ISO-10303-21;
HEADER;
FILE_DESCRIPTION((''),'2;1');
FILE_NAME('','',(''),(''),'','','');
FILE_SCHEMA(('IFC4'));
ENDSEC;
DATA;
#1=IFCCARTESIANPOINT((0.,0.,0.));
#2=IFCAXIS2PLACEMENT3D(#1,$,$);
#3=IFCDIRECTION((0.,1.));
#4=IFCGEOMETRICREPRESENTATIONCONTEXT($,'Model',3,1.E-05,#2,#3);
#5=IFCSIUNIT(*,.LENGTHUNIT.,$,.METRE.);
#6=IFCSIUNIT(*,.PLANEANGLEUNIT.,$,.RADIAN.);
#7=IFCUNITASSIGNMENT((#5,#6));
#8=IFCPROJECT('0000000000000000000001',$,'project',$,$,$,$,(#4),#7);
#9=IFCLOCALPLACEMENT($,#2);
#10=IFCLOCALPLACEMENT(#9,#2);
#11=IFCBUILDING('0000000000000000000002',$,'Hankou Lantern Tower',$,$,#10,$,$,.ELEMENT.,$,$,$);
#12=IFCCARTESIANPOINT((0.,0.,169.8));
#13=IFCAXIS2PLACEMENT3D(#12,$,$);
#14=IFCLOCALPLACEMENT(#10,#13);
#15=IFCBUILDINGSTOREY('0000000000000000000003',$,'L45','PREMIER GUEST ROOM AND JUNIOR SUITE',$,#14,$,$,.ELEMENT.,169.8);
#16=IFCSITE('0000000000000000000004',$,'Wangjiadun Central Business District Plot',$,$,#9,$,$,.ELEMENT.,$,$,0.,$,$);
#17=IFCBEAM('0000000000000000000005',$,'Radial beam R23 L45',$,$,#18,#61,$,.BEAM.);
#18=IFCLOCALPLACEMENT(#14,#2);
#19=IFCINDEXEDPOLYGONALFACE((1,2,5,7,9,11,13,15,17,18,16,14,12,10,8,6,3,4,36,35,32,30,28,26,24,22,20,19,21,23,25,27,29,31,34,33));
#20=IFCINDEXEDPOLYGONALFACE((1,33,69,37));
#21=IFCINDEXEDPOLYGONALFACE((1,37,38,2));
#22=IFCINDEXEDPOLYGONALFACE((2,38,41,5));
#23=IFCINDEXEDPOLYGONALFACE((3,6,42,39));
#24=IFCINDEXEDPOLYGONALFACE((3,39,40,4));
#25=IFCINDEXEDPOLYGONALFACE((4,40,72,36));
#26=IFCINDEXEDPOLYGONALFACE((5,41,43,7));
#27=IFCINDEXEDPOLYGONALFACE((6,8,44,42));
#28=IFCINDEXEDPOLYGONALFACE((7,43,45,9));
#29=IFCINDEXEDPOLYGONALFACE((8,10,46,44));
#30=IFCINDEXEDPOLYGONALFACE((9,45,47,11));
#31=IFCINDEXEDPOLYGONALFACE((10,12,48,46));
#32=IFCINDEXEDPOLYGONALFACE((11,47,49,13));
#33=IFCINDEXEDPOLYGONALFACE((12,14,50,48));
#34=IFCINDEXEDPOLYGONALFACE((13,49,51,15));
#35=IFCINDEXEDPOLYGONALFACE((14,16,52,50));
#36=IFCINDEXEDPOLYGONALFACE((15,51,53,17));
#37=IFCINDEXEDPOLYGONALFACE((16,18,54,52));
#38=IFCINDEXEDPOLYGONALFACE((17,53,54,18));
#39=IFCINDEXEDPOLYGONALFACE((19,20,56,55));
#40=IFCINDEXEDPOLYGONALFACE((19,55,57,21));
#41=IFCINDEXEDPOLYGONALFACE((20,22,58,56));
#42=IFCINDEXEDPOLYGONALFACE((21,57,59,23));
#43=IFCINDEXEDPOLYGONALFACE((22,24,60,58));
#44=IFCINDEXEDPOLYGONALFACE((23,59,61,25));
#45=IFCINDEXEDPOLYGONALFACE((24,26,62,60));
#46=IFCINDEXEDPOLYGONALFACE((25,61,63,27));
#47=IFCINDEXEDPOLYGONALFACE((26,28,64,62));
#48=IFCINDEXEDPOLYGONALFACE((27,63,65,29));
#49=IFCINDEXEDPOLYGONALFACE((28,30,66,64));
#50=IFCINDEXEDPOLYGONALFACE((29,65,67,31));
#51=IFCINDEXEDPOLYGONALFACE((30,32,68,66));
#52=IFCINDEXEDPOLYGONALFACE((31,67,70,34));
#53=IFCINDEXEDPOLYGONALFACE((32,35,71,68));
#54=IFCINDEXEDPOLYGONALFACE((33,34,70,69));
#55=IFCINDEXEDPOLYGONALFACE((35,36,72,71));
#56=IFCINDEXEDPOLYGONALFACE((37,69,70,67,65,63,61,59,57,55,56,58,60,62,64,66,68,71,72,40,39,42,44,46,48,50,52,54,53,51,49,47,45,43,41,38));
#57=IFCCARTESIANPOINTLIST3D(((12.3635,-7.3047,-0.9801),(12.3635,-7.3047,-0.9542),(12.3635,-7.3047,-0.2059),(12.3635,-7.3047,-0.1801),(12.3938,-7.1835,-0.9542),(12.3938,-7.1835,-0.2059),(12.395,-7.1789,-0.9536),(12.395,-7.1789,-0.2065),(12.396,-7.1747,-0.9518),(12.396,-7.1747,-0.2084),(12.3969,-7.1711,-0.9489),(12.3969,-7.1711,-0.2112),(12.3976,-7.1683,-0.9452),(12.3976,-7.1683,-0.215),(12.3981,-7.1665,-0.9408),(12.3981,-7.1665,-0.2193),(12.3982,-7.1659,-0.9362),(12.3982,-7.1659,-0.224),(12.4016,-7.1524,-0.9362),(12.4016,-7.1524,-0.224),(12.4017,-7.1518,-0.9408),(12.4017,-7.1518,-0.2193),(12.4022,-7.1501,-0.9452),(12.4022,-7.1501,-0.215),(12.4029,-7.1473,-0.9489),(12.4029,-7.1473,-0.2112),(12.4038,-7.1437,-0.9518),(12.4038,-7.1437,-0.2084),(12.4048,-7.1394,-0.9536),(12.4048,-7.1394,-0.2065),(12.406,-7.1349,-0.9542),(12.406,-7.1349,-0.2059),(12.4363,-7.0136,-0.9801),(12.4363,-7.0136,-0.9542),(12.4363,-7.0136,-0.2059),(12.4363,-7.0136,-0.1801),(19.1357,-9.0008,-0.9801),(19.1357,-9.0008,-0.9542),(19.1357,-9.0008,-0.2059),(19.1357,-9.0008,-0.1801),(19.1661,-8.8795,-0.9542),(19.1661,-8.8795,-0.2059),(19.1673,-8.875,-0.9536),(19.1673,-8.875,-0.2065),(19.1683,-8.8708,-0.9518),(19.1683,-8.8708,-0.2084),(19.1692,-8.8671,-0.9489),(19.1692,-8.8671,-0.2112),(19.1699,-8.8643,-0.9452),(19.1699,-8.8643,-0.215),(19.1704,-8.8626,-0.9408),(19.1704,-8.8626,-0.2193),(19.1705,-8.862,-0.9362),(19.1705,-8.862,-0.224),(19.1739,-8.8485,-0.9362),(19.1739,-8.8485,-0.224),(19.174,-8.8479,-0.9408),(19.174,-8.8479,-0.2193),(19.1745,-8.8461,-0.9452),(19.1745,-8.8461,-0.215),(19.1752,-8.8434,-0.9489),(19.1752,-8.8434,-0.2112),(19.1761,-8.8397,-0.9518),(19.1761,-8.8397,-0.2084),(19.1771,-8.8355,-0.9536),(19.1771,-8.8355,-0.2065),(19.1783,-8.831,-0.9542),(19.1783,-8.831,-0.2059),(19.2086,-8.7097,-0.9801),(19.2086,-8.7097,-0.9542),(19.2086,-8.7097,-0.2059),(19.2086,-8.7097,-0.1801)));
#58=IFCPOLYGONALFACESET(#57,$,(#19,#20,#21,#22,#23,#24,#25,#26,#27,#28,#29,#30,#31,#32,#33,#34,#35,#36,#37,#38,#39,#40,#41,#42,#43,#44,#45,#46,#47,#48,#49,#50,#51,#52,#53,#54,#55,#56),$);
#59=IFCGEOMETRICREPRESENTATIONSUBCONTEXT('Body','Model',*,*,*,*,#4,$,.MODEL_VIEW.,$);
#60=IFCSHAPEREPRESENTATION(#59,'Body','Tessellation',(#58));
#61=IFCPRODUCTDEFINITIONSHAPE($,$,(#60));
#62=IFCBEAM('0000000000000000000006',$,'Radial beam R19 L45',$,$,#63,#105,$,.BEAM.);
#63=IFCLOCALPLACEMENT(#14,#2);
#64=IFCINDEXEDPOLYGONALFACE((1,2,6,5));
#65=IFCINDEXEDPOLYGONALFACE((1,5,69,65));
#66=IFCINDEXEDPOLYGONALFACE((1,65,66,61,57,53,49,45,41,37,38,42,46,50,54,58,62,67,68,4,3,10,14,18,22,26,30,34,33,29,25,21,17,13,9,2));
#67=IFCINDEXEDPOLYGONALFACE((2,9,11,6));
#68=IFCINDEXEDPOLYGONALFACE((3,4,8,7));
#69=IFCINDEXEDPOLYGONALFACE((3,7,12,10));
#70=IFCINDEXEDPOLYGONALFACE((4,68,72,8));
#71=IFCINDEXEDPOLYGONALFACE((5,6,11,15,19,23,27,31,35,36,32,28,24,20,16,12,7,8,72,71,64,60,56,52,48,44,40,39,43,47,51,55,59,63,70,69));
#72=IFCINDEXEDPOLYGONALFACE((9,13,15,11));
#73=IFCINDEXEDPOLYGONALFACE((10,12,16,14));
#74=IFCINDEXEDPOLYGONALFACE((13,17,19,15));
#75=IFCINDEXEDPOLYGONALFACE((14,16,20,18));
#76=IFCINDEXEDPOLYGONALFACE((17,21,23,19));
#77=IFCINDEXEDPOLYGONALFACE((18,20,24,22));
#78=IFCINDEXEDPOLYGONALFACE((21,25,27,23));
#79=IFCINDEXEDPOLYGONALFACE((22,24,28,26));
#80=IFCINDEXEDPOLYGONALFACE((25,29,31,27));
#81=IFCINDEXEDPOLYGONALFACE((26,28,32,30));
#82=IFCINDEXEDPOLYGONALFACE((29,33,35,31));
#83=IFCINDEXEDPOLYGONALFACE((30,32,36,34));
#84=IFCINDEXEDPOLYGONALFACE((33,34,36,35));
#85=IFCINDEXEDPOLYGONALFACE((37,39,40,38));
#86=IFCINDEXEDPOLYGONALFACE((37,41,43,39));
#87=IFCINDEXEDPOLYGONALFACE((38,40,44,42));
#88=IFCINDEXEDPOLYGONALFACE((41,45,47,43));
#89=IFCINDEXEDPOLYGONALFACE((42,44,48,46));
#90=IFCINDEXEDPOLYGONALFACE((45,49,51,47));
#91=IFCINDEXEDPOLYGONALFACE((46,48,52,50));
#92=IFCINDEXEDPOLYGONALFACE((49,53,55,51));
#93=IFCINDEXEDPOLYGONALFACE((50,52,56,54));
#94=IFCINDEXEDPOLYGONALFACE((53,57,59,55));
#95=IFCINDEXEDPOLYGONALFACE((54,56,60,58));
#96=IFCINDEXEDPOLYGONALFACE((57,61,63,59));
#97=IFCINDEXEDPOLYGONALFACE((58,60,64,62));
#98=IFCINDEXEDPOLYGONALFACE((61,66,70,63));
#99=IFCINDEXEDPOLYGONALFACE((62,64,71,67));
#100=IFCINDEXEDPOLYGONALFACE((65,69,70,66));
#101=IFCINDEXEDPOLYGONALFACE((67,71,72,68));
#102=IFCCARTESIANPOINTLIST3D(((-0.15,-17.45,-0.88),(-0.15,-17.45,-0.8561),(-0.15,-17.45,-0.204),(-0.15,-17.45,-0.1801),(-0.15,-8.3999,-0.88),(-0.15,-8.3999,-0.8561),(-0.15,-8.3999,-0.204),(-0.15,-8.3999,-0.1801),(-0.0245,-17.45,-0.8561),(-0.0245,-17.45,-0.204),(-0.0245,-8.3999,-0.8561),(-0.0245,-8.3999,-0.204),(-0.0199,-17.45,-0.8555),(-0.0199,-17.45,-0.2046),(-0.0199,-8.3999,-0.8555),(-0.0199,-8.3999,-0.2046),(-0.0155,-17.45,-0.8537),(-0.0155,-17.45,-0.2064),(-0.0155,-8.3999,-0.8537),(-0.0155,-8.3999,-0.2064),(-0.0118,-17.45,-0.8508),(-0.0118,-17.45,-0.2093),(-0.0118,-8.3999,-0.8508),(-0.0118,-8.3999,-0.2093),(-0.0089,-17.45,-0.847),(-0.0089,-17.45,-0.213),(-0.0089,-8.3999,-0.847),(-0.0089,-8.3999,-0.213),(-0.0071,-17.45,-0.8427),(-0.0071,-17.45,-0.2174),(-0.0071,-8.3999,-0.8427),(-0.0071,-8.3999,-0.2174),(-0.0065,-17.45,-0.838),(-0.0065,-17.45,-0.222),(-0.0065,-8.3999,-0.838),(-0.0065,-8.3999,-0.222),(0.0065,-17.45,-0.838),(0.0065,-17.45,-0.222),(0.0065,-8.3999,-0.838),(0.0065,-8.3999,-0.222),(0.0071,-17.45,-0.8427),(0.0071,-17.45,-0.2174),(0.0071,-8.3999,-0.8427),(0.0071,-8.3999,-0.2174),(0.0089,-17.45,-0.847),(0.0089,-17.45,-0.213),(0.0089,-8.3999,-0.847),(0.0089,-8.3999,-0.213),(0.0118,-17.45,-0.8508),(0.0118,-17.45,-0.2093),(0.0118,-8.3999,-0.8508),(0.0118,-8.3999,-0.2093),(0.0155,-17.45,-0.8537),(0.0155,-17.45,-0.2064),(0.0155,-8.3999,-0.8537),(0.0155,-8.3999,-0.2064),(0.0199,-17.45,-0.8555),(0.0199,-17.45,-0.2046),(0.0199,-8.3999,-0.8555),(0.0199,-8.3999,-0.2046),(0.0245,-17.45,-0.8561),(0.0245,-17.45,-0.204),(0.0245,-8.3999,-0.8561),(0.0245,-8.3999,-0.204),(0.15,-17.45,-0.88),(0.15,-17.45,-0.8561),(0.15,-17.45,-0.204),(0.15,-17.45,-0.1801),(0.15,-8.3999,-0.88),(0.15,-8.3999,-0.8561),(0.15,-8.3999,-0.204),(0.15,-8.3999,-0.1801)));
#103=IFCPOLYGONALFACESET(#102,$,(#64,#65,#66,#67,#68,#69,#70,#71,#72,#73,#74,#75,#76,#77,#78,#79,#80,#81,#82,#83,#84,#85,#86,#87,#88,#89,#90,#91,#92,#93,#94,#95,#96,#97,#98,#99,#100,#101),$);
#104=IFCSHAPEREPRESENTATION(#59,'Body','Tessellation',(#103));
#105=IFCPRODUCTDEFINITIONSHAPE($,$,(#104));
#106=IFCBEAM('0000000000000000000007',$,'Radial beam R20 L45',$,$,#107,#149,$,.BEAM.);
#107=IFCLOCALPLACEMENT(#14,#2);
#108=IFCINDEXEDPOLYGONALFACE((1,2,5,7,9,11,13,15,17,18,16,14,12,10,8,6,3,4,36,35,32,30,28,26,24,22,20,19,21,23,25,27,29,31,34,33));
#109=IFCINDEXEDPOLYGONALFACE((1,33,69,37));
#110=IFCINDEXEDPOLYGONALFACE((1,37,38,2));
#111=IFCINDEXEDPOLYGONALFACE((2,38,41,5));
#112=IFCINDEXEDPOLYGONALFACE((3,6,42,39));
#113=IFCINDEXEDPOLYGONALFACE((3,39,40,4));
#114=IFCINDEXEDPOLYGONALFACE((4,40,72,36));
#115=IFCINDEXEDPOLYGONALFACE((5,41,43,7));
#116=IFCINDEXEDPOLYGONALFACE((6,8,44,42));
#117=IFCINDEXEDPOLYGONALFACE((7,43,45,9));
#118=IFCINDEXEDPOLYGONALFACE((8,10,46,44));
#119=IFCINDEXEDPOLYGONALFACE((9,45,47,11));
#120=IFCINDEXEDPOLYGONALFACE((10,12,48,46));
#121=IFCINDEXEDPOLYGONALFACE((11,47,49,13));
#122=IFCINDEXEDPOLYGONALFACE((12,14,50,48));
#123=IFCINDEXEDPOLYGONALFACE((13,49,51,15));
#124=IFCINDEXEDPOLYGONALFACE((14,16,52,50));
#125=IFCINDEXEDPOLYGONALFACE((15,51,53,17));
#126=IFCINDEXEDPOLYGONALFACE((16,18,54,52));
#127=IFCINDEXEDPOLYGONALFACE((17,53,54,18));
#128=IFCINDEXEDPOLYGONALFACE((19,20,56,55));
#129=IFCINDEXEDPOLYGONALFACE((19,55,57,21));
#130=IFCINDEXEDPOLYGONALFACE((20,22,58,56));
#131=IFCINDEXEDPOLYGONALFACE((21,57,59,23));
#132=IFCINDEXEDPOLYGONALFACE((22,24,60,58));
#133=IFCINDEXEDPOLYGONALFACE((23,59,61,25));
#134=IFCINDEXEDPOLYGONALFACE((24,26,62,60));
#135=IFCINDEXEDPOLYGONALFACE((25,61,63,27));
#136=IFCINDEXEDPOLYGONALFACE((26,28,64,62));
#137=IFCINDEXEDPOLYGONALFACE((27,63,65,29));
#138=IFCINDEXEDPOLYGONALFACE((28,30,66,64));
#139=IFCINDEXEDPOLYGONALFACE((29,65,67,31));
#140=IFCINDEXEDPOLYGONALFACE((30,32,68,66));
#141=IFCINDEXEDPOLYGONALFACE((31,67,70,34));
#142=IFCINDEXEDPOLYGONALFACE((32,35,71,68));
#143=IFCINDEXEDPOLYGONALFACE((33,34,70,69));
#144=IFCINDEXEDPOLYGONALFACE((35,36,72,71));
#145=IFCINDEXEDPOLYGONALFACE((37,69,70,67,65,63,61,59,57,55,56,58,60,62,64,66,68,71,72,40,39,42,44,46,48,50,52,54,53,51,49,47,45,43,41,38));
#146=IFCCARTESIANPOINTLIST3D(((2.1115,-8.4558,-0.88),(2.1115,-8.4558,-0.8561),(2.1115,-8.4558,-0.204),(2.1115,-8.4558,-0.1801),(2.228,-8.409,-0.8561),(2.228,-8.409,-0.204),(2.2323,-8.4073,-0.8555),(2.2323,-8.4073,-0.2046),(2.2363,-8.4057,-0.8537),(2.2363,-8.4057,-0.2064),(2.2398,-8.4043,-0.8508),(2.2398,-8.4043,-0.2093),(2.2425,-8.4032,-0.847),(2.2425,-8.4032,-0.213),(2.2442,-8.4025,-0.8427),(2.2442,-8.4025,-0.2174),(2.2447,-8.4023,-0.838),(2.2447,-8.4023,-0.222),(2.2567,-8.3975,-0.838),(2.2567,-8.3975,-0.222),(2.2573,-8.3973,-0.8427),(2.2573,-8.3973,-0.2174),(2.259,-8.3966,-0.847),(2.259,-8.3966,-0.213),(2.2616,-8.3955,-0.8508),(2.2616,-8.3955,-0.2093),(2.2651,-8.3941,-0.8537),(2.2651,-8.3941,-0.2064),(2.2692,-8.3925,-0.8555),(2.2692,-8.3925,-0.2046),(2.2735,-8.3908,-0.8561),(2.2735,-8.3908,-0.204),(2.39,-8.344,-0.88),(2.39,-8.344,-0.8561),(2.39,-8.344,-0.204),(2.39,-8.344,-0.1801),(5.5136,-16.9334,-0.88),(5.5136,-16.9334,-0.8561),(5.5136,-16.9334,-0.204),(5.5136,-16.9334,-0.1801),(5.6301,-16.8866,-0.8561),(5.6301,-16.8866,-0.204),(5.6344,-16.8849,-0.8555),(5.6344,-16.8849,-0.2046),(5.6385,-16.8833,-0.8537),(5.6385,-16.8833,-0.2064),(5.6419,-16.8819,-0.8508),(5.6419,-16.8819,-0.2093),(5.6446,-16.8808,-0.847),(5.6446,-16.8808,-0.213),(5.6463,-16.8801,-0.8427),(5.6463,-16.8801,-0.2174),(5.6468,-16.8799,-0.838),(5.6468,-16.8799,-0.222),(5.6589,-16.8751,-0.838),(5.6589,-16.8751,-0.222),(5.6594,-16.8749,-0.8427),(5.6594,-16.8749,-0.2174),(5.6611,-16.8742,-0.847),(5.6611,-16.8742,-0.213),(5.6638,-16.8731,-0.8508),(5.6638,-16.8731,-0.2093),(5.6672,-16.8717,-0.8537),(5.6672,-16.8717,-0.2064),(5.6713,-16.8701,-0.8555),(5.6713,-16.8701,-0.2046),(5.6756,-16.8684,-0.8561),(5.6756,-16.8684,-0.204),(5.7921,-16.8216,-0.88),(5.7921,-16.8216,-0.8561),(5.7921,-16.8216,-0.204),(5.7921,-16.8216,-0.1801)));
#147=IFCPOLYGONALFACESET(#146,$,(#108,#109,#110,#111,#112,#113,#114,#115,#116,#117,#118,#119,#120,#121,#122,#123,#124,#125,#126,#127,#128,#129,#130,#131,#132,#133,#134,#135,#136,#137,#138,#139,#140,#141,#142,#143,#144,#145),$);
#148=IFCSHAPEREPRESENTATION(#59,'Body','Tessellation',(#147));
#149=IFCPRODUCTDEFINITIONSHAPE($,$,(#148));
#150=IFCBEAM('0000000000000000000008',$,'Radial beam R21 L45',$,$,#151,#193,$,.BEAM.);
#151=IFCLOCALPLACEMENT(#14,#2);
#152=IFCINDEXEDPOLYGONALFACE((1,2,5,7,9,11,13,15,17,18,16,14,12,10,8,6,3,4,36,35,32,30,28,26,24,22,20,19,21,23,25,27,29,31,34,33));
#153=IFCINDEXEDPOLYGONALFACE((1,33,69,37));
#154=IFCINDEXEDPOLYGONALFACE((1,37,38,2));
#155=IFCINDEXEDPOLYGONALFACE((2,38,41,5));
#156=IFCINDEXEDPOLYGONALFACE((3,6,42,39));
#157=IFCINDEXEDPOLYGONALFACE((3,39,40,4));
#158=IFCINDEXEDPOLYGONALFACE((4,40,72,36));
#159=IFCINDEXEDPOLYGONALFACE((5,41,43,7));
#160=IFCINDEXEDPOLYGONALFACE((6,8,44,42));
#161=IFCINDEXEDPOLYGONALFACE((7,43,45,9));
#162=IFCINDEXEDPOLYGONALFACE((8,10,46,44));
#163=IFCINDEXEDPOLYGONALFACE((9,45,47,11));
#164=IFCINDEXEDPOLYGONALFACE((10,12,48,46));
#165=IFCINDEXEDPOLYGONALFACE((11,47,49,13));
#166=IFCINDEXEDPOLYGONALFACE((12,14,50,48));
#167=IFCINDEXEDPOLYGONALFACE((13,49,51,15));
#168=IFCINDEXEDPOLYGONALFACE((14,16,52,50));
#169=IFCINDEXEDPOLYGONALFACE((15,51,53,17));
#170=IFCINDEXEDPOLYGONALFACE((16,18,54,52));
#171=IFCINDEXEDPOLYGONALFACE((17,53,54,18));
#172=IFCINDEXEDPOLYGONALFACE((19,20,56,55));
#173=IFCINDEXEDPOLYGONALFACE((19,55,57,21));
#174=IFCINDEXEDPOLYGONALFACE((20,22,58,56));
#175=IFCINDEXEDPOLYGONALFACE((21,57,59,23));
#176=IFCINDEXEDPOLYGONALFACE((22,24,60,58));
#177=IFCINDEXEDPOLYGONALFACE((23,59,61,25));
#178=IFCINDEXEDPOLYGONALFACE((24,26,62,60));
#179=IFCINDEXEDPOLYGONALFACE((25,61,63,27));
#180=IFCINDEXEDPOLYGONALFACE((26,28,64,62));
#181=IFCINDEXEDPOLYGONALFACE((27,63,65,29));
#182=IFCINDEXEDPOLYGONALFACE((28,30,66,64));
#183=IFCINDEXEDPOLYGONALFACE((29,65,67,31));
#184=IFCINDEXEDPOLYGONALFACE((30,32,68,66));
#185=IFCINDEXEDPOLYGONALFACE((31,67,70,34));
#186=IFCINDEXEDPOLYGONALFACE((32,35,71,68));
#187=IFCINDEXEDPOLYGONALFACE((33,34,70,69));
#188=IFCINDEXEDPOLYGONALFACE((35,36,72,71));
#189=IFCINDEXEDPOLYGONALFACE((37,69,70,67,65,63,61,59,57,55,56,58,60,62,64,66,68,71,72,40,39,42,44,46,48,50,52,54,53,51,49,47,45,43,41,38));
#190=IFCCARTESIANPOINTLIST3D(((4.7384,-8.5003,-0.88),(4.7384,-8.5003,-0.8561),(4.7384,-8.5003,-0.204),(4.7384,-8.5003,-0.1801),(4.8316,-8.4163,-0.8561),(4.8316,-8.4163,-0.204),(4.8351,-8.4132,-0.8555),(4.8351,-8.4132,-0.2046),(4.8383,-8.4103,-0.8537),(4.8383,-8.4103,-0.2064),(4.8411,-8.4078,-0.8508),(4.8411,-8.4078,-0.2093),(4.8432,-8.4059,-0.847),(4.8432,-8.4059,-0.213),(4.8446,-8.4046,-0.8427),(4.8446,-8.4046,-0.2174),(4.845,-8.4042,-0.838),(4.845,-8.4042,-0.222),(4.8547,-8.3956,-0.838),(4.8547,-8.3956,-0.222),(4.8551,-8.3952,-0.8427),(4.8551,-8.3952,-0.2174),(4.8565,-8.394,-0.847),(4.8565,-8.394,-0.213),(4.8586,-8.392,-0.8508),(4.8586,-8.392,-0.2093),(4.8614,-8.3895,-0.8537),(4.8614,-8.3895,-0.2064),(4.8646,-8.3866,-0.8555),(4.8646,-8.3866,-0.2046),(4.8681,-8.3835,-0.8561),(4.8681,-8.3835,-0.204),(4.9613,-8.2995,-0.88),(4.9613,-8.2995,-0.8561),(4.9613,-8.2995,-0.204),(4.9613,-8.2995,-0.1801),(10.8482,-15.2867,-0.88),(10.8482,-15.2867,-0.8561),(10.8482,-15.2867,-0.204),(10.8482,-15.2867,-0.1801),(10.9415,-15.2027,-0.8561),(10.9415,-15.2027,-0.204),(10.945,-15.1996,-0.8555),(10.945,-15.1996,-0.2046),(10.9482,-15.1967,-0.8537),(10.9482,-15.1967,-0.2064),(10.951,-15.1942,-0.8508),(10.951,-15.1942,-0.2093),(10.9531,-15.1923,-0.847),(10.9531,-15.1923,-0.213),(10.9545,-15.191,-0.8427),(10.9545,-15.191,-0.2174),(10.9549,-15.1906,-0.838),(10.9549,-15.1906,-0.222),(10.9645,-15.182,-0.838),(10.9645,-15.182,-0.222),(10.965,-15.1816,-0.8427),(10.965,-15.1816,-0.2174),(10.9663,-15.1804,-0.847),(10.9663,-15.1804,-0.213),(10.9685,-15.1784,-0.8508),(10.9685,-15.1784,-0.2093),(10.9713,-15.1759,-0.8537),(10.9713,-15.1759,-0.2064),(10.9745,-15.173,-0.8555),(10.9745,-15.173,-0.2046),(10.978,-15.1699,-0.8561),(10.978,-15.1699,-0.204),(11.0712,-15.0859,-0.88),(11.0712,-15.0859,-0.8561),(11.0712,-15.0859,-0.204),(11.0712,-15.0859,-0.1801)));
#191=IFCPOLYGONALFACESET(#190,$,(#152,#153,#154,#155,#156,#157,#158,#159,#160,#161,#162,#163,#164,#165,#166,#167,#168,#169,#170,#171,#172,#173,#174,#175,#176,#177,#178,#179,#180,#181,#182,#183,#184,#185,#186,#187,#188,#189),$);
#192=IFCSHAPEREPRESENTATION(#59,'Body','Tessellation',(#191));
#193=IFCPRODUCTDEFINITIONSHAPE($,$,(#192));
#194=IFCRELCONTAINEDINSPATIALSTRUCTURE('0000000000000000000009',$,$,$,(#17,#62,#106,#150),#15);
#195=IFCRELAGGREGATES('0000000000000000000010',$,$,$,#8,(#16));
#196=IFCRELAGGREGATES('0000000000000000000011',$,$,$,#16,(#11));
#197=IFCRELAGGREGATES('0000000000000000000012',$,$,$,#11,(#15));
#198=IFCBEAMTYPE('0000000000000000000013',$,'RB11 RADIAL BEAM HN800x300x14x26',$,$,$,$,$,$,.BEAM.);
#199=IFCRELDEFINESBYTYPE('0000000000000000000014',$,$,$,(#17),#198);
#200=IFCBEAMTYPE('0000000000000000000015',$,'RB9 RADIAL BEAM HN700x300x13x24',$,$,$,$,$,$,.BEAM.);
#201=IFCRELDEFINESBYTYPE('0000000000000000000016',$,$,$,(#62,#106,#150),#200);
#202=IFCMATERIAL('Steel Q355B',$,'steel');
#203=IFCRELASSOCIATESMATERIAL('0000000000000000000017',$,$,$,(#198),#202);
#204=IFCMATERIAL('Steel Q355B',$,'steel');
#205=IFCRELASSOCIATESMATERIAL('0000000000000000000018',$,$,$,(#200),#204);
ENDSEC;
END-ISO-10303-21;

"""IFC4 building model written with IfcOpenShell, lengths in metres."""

from ifc_helpers import new_model, si_unit, direction, frame, origin, origin_2d, place, context, subcontext, project, spatial, i_section, extrude, material, material_profile, profile_set, type_object, element, save


model = new_model("IFC4")

# Units and contexts
model_context = context("Model", 3, precision=1e-05, world=origin(), true_north=direction((0.0, 1.0)))
body_context = subcontext(model_context, "Body", "Model", "MODEL_VIEW")
ifc_project = project(units=[si_unit("LENGTHUNIT", "METRE"), si_unit("PLANEANGLEUNIT", "RADIAN")], contexts=[model_context])

# Site, building, storey
site_placement = place(None, origin())
site = spatial("IfcSite", under=ifc_project, at=site_placement, Name="Wangjiadun Central Business District Plot", CompositionType="ELEMENT", RefElevation=0.0)
building_placement = place(site_placement, origin())
building = spatial("IfcBuilding", under=site, at=building_placement, Name="Hankou Lantern Tower", CompositionType="ELEMENT")
storey_placement = place(building_placement, frame((0.0, 0.0, 169.8)))
storey = spatial("IfcBuildingStorey", under=building, at=storey_placement, Name="L45", Description="PREMIER GUEST ROOM AND JUNIOR SUITE", CompositionType="ELEMENT", Elevation=169.8)

# Beams
ifc_material_1 = material(Name="Steel Q355B", Category="steel")
ifc_material_profile_1 = material_profile(ifc_material_1, i_section(OverallWidth=0.3, OverallDepth=0.8, WebThickness=0.0139, FlangeThickness=0.0259, FilletRadius=0.0181, at=origin_2d()), Name="HN800x300x14x26")
ifc_profile_set_1 = profile_set([ifc_material_profile_1], Name="Steel Q355B")
beam_type_1 = type_object("IfcBeamType", Name="RB11 RADIAL BEAM HN800x300x14x26", PredefinedType="BEAM", material=ifc_profile_set_1)
beam_1_placement = place(storey_placement, frame((12.3999, -7.1592, -0.5801), z_axis=(0.970042, -0.242939, 0.0), x_axis=(0.242939, 0.970042, 0.0)))
element("IfcBeam", 1, at=beam_1_placement, inside=storey, type_object=beam_type_1, Name="Radial beam R23 L45", PredefinedType="BEAM", context=body_context, shape_type="SweptSolid", body=[
    extrude(i_section(OverallWidth=0.3, OverallDepth=0.8, WebThickness=0.0139, FlangeThickness=0.0259, FilletRadius=0.0181, at=origin_2d()), origin(), (0.0, 0.0, 1.0), 6.9814),
])
ifc_material_2 = material(Name="Steel Q355B", Category="steel")
ifc_material_profile_2 = material_profile(ifc_material_2, i_section(OverallWidth=0.3, OverallDepth=0.7, WebThickness=0.0129, FlangeThickness=0.0239, FilletRadius=0.0181, at=origin_2d()), Name="HN700x300x13x24")
ifc_profile_set_2 = profile_set([ifc_material_profile_2], Name="Steel Q355B")
beam_type_2 = type_object("IfcBeamType", Name="RB9 RADIAL BEAM HN700x300x13x24", PredefinedType="BEAM", material=ifc_profile_set_2)
beam_2_placement = place(storey_placement, frame((0.0, -8.3999, -0.53), z_axis=(0.0, -1.0, 0.0), x_axis=(1.0, 0.0, 0.0)))
element("IfcBeam", 2, at=beam_2_placement, inside=storey, type_object=beam_type_2, Name="Radial beam R19 L45", PredefinedType="BEAM", context=body_context, shape_type="SweptSolid", body=[
    extrude(i_section(OverallWidth=0.3, OverallDepth=0.7, WebThickness=0.0129, FlangeThickness=0.0239, FilletRadius=0.0181, at=origin_2d()), origin(), (0.0, 0.0, 1.0), 9.05),
])
beam_3_placement = place(storey_placement, frame((2.2507, -8.3999, -0.53), z_axis=(0.372436, -0.928058, 0.0), x_axis=(0.928058, 0.372436, 0.0)))
element("IfcBeam", 3, at=beam_3_placement, inside=storey, type_object=beam_type_2, Name="Radial beam R20 L45", PredefinedType="BEAM", context=body_context, shape_type="SweptSolid", body=[
    extrude(i_section(OverallWidth=0.3, OverallDepth=0.7, WebThickness=0.0129, FlangeThickness=0.0239, FilletRadius=0.0181, at=origin_2d()), origin(), (0.0, 0.0, 1.0), 9.1348),
])
beam_4_placement = place(storey_placement, frame((4.8499, -8.3999, -0.53), z_axis=(0.669093, -0.743178, 0.0), x_axis=(0.743178, 0.669093, 0.0)))
element("IfcBeam", 4, at=beam_4_placement, inside=storey, type_object=beam_type_2, Name="Radial beam R21 L45", PredefinedType="BEAM", context=body_context, shape_type="SweptSolid", body=[
    extrude(i_section(OverallWidth=0.3, OverallDepth=0.7, WebThickness=0.0129, FlangeThickness=0.0239, FilletRadius=0.0181, at=origin_2d()), origin(), (0.0, 0.0, 1.0), 9.1316),
])

save(model, "model.ifc")
